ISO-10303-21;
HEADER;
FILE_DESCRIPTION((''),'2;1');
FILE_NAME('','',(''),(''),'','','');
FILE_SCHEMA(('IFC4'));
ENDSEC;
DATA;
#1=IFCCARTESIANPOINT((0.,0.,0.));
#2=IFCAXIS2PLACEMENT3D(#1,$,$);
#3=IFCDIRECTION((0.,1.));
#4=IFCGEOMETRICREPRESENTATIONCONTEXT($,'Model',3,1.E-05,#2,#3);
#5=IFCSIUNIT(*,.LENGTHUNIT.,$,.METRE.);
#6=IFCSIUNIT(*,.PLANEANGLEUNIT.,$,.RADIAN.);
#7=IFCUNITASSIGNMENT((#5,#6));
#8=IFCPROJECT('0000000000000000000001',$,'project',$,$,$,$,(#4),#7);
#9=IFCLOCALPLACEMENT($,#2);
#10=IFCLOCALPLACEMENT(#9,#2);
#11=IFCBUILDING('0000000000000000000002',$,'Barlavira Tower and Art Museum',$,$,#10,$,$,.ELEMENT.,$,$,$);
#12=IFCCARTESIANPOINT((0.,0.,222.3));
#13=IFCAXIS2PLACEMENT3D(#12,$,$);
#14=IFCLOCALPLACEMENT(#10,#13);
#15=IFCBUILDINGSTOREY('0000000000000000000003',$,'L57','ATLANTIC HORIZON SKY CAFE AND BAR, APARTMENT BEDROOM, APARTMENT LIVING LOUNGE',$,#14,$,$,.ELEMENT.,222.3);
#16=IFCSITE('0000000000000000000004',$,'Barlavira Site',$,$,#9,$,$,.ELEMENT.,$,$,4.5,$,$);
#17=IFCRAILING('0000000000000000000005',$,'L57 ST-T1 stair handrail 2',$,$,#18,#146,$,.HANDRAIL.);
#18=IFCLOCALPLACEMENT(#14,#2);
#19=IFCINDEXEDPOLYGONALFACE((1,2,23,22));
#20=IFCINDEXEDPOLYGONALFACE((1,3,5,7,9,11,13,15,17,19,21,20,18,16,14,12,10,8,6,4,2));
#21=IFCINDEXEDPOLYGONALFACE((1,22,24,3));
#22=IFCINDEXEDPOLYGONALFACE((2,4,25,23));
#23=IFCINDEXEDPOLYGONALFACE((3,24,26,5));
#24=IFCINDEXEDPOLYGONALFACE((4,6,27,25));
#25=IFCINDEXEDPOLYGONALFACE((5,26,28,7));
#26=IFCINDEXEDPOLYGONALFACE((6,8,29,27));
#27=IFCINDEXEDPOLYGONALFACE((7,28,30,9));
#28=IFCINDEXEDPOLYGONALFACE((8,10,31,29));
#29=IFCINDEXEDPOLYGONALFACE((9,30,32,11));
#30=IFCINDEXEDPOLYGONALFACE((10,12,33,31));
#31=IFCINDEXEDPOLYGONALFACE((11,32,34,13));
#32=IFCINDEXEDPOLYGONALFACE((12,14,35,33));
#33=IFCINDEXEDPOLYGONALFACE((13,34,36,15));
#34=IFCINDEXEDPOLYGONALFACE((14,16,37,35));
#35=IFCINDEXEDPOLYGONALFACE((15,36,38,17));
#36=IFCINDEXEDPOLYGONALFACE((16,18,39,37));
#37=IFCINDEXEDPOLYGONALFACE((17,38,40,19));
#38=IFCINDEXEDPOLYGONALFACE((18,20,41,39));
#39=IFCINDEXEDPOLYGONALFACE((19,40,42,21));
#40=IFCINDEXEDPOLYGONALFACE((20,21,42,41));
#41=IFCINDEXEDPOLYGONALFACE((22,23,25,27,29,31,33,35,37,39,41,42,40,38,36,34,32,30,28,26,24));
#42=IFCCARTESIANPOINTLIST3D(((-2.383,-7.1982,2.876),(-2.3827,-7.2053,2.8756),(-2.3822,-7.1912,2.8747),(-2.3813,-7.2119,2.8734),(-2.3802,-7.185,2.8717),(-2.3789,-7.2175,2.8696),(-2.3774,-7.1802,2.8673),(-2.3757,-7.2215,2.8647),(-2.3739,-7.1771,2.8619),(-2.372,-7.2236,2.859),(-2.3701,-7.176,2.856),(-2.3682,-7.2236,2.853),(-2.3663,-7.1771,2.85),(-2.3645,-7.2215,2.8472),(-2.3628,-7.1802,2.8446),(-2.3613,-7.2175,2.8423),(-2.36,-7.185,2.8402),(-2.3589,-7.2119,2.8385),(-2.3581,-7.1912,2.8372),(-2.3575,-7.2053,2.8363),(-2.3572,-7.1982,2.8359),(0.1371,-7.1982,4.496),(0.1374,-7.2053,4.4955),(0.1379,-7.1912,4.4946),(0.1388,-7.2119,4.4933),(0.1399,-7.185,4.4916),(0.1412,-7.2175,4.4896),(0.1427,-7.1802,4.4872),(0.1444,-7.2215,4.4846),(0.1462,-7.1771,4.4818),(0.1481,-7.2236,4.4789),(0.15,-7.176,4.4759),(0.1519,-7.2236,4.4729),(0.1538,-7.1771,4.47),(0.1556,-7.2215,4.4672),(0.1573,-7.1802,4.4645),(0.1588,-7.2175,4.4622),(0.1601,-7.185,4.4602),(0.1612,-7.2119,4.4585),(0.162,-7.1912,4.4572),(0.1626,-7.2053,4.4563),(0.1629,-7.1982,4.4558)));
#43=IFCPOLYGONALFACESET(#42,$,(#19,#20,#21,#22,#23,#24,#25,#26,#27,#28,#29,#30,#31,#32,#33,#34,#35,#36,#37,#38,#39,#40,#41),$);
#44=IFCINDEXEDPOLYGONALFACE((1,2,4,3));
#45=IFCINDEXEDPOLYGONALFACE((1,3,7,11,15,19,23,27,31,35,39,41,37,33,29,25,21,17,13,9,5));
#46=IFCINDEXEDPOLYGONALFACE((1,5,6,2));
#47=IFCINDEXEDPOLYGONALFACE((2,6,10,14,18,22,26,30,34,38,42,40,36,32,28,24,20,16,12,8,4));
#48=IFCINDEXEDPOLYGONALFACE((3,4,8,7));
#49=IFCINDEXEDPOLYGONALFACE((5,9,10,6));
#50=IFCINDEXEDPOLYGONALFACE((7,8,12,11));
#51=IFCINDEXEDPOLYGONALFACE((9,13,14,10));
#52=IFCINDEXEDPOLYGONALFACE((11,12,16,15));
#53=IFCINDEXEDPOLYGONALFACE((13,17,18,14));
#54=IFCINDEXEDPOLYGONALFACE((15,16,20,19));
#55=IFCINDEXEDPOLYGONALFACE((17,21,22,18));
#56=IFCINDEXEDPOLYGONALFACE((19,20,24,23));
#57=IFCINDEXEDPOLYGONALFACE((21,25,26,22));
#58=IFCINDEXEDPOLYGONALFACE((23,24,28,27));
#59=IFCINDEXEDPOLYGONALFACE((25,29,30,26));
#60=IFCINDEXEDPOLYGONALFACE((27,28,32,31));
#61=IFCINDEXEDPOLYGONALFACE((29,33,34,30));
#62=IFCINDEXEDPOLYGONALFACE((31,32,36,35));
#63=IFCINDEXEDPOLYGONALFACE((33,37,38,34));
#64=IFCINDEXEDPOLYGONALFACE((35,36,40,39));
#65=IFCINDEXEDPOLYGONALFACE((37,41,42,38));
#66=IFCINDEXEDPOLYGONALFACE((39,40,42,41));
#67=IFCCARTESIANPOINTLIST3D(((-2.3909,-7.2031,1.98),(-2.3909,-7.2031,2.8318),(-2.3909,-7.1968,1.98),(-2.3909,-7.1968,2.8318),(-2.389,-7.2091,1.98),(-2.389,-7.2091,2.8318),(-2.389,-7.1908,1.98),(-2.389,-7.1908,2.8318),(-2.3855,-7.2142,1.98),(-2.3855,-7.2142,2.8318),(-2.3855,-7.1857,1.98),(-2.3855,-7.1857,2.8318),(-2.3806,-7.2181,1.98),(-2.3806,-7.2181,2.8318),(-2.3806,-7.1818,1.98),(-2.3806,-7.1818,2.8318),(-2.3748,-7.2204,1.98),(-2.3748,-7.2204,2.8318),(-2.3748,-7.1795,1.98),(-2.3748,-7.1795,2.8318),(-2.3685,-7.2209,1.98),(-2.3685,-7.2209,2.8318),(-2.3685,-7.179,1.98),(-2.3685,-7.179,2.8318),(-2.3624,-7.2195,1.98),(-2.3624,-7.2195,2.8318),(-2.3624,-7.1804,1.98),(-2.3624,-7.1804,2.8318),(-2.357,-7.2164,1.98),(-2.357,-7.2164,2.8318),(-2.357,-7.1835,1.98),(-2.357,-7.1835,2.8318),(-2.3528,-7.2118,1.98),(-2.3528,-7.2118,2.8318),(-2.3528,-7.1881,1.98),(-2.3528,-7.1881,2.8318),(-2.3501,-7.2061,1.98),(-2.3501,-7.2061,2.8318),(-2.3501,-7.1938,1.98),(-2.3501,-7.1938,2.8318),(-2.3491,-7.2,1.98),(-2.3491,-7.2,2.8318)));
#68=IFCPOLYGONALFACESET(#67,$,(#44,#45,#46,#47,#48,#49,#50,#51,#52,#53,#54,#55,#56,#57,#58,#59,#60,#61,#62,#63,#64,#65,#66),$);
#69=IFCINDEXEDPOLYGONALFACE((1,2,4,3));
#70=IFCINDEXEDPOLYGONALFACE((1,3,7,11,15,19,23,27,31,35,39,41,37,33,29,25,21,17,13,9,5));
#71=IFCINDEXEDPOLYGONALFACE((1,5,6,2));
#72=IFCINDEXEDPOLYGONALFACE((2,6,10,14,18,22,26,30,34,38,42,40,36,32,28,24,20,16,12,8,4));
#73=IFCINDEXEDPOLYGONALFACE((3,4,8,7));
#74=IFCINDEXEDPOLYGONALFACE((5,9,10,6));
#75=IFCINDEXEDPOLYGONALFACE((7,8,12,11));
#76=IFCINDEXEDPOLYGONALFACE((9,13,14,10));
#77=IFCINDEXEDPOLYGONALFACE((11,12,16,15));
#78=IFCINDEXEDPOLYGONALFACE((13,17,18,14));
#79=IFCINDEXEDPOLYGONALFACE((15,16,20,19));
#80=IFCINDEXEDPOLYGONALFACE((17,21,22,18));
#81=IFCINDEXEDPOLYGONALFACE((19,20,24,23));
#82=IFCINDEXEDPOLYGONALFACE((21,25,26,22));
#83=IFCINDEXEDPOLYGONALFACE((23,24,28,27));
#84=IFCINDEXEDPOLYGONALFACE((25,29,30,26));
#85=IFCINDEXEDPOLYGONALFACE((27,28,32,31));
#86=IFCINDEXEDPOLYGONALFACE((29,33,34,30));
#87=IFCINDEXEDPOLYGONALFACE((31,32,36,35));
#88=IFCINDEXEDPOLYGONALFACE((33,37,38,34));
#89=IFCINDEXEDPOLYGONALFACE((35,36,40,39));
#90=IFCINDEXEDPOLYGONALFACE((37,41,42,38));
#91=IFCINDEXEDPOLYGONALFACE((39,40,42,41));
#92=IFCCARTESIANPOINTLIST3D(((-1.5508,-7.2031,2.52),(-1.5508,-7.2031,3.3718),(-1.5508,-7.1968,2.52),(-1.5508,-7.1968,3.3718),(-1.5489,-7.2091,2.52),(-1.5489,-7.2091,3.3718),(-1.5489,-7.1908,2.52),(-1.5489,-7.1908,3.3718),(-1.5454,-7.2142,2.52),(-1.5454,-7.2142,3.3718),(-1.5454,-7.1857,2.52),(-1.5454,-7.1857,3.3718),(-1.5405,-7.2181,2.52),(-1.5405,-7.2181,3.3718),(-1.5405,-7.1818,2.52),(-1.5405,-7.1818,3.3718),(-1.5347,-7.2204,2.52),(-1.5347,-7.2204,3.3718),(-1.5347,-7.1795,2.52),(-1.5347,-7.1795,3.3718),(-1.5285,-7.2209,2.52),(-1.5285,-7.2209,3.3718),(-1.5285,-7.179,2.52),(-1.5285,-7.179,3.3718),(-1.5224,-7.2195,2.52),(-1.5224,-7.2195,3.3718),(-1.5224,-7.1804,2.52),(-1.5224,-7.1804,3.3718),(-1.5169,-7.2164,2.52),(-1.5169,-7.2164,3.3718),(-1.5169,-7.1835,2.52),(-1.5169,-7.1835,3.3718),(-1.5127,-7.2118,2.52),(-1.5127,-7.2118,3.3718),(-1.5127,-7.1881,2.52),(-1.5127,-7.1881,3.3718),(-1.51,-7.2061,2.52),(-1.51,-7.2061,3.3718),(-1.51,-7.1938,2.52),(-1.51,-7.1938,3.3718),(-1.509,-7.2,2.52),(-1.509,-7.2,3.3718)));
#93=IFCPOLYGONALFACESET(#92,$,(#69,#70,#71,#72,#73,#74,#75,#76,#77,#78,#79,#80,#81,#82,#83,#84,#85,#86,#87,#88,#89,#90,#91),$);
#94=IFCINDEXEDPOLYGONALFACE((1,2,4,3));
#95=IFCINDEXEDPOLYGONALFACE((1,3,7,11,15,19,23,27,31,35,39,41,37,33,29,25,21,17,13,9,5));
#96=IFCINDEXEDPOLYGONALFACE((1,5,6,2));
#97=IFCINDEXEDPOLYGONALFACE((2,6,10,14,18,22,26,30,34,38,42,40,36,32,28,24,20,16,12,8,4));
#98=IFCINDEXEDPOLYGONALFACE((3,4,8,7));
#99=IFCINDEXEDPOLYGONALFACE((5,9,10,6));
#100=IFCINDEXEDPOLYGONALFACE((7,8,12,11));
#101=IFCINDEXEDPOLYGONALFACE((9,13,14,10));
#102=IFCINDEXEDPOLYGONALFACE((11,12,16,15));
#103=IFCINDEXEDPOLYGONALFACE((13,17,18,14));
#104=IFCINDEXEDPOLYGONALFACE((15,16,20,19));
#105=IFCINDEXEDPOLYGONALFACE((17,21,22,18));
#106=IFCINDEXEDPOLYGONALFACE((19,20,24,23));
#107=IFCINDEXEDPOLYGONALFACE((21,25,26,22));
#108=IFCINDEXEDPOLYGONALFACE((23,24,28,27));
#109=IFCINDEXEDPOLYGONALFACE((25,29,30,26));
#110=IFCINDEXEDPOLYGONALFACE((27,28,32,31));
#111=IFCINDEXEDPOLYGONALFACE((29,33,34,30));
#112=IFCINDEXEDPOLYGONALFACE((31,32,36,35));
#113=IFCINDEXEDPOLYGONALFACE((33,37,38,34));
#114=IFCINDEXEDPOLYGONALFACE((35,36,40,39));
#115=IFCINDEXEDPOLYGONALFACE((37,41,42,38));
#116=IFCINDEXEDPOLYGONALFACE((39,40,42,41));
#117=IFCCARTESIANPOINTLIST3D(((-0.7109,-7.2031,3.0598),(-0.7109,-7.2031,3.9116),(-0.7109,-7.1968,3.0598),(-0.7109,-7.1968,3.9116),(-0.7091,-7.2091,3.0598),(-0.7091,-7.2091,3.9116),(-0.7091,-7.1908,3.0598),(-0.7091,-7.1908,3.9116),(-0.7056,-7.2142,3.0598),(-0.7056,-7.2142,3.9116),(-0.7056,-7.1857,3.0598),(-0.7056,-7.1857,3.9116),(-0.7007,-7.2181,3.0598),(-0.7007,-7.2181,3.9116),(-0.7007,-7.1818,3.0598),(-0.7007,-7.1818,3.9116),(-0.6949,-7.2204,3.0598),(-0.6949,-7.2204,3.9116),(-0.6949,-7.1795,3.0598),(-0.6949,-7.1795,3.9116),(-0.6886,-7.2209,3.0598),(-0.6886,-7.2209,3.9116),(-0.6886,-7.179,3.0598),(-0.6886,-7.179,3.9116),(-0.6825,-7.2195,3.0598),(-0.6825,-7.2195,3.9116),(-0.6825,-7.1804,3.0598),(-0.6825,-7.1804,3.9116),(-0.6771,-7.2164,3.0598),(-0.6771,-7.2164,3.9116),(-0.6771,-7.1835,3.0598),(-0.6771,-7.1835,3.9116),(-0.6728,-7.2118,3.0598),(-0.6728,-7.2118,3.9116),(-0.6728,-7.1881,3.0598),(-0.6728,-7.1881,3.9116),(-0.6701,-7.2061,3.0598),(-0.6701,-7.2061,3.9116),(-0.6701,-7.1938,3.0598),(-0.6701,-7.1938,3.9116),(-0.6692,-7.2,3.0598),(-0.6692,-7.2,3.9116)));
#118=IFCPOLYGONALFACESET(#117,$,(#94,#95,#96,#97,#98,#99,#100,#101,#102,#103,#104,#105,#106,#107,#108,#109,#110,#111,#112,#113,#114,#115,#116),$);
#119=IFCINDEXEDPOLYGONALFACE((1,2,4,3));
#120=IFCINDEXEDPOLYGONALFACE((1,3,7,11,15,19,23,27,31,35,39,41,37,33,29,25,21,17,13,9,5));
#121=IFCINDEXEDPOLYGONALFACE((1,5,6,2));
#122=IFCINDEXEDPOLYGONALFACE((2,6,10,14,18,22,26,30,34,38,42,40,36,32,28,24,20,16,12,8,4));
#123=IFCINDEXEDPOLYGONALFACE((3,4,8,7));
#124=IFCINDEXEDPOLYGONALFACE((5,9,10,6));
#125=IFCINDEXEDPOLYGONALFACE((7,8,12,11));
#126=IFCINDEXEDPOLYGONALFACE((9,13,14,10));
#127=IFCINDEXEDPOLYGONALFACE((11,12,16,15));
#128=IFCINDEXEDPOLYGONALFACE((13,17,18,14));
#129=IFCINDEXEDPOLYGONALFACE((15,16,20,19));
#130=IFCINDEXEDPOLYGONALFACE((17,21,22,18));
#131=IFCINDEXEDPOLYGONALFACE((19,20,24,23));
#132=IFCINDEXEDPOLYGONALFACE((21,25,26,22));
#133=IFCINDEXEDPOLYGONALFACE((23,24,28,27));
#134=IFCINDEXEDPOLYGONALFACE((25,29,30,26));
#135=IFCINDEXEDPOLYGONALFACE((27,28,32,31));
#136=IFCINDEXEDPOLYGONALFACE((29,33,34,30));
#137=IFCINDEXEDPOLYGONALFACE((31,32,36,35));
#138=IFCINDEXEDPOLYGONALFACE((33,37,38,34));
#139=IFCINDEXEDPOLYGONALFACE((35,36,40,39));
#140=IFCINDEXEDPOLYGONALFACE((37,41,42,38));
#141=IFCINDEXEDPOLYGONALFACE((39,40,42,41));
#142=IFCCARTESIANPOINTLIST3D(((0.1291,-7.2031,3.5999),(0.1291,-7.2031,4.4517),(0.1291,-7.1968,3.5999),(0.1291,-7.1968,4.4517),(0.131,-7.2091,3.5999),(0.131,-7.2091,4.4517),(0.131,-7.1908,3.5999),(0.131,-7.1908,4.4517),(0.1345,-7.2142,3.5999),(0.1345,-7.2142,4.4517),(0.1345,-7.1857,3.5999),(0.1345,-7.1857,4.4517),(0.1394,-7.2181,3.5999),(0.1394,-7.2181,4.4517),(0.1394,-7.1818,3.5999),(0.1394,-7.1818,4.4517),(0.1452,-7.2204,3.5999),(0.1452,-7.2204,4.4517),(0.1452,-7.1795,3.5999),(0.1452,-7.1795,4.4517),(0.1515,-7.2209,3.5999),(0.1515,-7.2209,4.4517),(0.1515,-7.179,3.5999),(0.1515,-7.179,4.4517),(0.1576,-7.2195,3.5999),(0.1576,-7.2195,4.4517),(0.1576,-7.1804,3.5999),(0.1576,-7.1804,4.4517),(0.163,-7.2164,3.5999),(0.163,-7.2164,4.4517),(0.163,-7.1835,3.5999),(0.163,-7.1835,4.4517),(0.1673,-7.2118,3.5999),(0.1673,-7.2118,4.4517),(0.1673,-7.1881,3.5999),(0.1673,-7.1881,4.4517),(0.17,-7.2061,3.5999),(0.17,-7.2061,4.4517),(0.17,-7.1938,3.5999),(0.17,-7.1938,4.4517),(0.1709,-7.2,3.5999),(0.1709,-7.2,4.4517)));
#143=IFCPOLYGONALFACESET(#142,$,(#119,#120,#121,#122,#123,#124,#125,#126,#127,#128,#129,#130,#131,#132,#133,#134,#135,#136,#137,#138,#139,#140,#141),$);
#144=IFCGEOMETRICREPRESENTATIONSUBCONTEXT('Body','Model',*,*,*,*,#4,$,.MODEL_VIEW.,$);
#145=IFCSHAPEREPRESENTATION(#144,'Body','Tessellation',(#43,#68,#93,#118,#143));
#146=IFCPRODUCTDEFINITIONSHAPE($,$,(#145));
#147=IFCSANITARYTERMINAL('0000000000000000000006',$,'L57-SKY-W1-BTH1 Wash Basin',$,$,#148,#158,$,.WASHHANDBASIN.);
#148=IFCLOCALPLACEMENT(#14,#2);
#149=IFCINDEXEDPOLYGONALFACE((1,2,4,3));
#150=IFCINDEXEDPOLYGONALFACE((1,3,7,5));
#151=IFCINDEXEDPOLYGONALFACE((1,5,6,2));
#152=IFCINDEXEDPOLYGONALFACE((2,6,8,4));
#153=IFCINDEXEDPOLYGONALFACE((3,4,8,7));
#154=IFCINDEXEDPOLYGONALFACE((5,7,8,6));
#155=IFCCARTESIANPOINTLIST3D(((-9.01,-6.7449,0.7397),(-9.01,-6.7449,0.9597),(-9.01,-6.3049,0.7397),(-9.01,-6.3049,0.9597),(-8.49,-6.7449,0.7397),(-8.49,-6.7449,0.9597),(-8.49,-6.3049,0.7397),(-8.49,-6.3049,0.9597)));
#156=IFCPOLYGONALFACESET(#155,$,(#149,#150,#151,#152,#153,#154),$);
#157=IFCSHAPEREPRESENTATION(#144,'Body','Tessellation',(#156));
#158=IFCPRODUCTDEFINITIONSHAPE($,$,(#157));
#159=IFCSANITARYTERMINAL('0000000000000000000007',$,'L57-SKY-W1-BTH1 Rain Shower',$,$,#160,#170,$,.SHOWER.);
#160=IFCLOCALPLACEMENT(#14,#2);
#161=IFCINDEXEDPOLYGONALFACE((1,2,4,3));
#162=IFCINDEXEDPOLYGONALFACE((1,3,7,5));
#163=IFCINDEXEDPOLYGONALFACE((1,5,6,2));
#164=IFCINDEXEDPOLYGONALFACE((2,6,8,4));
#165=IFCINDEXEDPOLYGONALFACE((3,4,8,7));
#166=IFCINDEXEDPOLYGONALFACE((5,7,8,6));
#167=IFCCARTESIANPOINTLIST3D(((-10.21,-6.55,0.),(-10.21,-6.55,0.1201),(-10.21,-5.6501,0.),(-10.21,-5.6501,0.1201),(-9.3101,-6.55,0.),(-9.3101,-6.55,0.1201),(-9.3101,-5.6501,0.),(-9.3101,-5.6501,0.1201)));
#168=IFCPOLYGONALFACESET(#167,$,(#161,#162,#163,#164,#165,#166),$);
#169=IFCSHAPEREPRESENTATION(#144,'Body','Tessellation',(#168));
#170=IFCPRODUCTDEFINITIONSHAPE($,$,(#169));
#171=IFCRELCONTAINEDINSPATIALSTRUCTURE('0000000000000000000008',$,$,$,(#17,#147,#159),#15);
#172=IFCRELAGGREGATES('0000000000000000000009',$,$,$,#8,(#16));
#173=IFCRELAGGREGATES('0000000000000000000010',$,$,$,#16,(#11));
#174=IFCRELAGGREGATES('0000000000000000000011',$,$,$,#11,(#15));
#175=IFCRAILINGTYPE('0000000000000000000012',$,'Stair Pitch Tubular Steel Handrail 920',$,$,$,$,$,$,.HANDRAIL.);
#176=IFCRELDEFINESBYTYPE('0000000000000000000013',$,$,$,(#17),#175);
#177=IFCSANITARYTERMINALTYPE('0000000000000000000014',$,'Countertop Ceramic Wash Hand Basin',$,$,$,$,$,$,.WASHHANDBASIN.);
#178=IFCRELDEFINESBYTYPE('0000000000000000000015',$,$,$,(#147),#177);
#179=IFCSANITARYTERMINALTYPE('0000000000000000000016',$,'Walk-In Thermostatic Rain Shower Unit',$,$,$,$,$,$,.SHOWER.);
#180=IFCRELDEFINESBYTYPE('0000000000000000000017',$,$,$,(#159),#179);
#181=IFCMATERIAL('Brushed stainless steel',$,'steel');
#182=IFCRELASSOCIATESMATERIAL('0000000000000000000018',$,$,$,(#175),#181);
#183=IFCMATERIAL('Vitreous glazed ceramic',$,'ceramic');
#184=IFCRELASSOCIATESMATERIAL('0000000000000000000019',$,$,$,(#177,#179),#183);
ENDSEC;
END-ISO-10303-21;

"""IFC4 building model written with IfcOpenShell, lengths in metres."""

from ifc_helpers import new_model, si_unit, direction, frame, origin, origin_2d, place, context, subcontext, project, spatial, rectangle, circle, extrude, material, type_object, element, save


model = new_model("IFC4")

# Units and contexts
model_context = context("Model", 3, precision=1e-05, world=origin(), true_north=direction((0.0, 1.0)))
body_context = subcontext(model_context, "Body", "Model", "MODEL_VIEW")
ifc_project = project(units=[si_unit("LENGTHUNIT", "METRE"), si_unit("PLANEANGLEUNIT", "RADIAN")], contexts=[model_context])

# Site, building, storey
site_placement = place(None, origin())
site = spatial("IfcSite", under=ifc_project, at=site_placement, Name="Barlavira Site", CompositionType="ELEMENT", RefElevation=4.5)
building_placement = place(site_placement, origin())
building = spatial("IfcBuilding", under=site, at=building_placement, Name="Barlavira Tower and Art Museum", CompositionType="ELEMENT")
storey_placement = place(building_placement, frame((0.0, 0.0, 222.3)))
storey = spatial("IfcBuildingStorey", under=building, at=storey_placement, Name="L57", Description="ATLANTIC HORIZON SKY CAFE AND BAR, APARTMENT BEDROOM, APARTMENT LIVING LOUNGE", CompositionType="ELEMENT", Elevation=222.3)

# Shared definitions
ifc_material_1 = material(Name="Brushed stainless steel", Category="steel")

# Railing
railing_type_1 = type_object("IfcRailingType", Name="Stair Pitch Tubular Steel Handrail 920", PredefinedType="HANDRAIL", material=ifc_material_1)
railing_1_placement = place(storey_placement, frame((-2.3701, -7.2, 1.98)))
element("IfcRailing", 1, at=railing_1_placement, inside=storey, type_object=railing_type_1, Name="L57 ST-T1 stair handrail 2", PredefinedType="HANDRAIL", context=body_context, shape_type="SweptSolid", body=[
    extrude(circle(Radius=0.0239, at=origin_2d()), frame((0.0, 0.0, 0.876), z_axis=(0.8412, 0.0, 0.540725), x_axis=(0.0, 1.0, 0.0)), (0.0, 0.0, 1.0), 2.9958),
    extrude(circle(Radius=0.021, at=origin_2d()), origin(), (0.0, 0.0, 1.0), 0.8518),
    extrude(circle(Radius=0.021, at=origin_2d()), frame((0.8401, 0.0, 0.54)), (0.0, 0.0, 1.0), 0.8518),
    extrude(circle(Radius=0.021, at=origin_2d()), frame((1.6799, 0.0, 1.0798)), (0.0, 0.0, 1.0), 0.8518),
    extrude(circle(Radius=0.021, at=origin_2d()), frame((2.52, 0.0, 1.6199)), (0.0, 0.0, 1.0), 0.8518),
])

# Sanitary terminals
ifc_material_2 = material(Name="Vitreous glazed ceramic", Category="ceramic")
sanitary_terminal_type_1 = type_object("IfcSanitaryTerminalType", Name="Countertop Ceramic Wash Hand Basin", PredefinedType="WASHHANDBASIN", material=ifc_material_2)
sanitary_terminal_1_placement = place(storey_placement, frame((-8.75, -6.5249, 0.7397), z_axis=(0.0, 0.0, 1.0), x_axis=(1.0, 0.0, 0.0)))
element("IfcSanitaryTerminal", 2, at=sanitary_terminal_1_placement, inside=storey, type_object=sanitary_terminal_type_1, Name="L57-SKY-W1-BTH1 Wash Basin", PredefinedType="WASHHANDBASIN", context=body_context, shape_type="SweptSolid", body=[
    extrude(rectangle(XDim=0.52, YDim=0.4399, at=origin_2d()), origin(), (0.0, 0.0, 1.0), 0.22),
])
sanitary_terminal_type_2 = type_object("IfcSanitaryTerminalType", Name="Walk-In Thermostatic Rain Shower Unit", PredefinedType="SHOWER", material=ifc_material_2)
sanitary_terminal_2_placement = place(storey_placement, frame((-9.76, -6.1001, 0.0), z_axis=(0.0, 0.0, 1.0), x_axis=(1.0, 0.0, 0.0)))
element("IfcSanitaryTerminal", 3, at=sanitary_terminal_2_placement, inside=storey, type_object=sanitary_terminal_type_2, Name="L57-SKY-W1-BTH1 Rain Shower", PredefinedType="SHOWER", context=body_context, shape_type="SweptSolid", body=[
    extrude(rectangle(XDim=0.8999, YDim=0.8999, at=origin_2d()), origin(), (0.0, 0.0, 1.0), 0.1201),
])

save(model, "model.ifc")
